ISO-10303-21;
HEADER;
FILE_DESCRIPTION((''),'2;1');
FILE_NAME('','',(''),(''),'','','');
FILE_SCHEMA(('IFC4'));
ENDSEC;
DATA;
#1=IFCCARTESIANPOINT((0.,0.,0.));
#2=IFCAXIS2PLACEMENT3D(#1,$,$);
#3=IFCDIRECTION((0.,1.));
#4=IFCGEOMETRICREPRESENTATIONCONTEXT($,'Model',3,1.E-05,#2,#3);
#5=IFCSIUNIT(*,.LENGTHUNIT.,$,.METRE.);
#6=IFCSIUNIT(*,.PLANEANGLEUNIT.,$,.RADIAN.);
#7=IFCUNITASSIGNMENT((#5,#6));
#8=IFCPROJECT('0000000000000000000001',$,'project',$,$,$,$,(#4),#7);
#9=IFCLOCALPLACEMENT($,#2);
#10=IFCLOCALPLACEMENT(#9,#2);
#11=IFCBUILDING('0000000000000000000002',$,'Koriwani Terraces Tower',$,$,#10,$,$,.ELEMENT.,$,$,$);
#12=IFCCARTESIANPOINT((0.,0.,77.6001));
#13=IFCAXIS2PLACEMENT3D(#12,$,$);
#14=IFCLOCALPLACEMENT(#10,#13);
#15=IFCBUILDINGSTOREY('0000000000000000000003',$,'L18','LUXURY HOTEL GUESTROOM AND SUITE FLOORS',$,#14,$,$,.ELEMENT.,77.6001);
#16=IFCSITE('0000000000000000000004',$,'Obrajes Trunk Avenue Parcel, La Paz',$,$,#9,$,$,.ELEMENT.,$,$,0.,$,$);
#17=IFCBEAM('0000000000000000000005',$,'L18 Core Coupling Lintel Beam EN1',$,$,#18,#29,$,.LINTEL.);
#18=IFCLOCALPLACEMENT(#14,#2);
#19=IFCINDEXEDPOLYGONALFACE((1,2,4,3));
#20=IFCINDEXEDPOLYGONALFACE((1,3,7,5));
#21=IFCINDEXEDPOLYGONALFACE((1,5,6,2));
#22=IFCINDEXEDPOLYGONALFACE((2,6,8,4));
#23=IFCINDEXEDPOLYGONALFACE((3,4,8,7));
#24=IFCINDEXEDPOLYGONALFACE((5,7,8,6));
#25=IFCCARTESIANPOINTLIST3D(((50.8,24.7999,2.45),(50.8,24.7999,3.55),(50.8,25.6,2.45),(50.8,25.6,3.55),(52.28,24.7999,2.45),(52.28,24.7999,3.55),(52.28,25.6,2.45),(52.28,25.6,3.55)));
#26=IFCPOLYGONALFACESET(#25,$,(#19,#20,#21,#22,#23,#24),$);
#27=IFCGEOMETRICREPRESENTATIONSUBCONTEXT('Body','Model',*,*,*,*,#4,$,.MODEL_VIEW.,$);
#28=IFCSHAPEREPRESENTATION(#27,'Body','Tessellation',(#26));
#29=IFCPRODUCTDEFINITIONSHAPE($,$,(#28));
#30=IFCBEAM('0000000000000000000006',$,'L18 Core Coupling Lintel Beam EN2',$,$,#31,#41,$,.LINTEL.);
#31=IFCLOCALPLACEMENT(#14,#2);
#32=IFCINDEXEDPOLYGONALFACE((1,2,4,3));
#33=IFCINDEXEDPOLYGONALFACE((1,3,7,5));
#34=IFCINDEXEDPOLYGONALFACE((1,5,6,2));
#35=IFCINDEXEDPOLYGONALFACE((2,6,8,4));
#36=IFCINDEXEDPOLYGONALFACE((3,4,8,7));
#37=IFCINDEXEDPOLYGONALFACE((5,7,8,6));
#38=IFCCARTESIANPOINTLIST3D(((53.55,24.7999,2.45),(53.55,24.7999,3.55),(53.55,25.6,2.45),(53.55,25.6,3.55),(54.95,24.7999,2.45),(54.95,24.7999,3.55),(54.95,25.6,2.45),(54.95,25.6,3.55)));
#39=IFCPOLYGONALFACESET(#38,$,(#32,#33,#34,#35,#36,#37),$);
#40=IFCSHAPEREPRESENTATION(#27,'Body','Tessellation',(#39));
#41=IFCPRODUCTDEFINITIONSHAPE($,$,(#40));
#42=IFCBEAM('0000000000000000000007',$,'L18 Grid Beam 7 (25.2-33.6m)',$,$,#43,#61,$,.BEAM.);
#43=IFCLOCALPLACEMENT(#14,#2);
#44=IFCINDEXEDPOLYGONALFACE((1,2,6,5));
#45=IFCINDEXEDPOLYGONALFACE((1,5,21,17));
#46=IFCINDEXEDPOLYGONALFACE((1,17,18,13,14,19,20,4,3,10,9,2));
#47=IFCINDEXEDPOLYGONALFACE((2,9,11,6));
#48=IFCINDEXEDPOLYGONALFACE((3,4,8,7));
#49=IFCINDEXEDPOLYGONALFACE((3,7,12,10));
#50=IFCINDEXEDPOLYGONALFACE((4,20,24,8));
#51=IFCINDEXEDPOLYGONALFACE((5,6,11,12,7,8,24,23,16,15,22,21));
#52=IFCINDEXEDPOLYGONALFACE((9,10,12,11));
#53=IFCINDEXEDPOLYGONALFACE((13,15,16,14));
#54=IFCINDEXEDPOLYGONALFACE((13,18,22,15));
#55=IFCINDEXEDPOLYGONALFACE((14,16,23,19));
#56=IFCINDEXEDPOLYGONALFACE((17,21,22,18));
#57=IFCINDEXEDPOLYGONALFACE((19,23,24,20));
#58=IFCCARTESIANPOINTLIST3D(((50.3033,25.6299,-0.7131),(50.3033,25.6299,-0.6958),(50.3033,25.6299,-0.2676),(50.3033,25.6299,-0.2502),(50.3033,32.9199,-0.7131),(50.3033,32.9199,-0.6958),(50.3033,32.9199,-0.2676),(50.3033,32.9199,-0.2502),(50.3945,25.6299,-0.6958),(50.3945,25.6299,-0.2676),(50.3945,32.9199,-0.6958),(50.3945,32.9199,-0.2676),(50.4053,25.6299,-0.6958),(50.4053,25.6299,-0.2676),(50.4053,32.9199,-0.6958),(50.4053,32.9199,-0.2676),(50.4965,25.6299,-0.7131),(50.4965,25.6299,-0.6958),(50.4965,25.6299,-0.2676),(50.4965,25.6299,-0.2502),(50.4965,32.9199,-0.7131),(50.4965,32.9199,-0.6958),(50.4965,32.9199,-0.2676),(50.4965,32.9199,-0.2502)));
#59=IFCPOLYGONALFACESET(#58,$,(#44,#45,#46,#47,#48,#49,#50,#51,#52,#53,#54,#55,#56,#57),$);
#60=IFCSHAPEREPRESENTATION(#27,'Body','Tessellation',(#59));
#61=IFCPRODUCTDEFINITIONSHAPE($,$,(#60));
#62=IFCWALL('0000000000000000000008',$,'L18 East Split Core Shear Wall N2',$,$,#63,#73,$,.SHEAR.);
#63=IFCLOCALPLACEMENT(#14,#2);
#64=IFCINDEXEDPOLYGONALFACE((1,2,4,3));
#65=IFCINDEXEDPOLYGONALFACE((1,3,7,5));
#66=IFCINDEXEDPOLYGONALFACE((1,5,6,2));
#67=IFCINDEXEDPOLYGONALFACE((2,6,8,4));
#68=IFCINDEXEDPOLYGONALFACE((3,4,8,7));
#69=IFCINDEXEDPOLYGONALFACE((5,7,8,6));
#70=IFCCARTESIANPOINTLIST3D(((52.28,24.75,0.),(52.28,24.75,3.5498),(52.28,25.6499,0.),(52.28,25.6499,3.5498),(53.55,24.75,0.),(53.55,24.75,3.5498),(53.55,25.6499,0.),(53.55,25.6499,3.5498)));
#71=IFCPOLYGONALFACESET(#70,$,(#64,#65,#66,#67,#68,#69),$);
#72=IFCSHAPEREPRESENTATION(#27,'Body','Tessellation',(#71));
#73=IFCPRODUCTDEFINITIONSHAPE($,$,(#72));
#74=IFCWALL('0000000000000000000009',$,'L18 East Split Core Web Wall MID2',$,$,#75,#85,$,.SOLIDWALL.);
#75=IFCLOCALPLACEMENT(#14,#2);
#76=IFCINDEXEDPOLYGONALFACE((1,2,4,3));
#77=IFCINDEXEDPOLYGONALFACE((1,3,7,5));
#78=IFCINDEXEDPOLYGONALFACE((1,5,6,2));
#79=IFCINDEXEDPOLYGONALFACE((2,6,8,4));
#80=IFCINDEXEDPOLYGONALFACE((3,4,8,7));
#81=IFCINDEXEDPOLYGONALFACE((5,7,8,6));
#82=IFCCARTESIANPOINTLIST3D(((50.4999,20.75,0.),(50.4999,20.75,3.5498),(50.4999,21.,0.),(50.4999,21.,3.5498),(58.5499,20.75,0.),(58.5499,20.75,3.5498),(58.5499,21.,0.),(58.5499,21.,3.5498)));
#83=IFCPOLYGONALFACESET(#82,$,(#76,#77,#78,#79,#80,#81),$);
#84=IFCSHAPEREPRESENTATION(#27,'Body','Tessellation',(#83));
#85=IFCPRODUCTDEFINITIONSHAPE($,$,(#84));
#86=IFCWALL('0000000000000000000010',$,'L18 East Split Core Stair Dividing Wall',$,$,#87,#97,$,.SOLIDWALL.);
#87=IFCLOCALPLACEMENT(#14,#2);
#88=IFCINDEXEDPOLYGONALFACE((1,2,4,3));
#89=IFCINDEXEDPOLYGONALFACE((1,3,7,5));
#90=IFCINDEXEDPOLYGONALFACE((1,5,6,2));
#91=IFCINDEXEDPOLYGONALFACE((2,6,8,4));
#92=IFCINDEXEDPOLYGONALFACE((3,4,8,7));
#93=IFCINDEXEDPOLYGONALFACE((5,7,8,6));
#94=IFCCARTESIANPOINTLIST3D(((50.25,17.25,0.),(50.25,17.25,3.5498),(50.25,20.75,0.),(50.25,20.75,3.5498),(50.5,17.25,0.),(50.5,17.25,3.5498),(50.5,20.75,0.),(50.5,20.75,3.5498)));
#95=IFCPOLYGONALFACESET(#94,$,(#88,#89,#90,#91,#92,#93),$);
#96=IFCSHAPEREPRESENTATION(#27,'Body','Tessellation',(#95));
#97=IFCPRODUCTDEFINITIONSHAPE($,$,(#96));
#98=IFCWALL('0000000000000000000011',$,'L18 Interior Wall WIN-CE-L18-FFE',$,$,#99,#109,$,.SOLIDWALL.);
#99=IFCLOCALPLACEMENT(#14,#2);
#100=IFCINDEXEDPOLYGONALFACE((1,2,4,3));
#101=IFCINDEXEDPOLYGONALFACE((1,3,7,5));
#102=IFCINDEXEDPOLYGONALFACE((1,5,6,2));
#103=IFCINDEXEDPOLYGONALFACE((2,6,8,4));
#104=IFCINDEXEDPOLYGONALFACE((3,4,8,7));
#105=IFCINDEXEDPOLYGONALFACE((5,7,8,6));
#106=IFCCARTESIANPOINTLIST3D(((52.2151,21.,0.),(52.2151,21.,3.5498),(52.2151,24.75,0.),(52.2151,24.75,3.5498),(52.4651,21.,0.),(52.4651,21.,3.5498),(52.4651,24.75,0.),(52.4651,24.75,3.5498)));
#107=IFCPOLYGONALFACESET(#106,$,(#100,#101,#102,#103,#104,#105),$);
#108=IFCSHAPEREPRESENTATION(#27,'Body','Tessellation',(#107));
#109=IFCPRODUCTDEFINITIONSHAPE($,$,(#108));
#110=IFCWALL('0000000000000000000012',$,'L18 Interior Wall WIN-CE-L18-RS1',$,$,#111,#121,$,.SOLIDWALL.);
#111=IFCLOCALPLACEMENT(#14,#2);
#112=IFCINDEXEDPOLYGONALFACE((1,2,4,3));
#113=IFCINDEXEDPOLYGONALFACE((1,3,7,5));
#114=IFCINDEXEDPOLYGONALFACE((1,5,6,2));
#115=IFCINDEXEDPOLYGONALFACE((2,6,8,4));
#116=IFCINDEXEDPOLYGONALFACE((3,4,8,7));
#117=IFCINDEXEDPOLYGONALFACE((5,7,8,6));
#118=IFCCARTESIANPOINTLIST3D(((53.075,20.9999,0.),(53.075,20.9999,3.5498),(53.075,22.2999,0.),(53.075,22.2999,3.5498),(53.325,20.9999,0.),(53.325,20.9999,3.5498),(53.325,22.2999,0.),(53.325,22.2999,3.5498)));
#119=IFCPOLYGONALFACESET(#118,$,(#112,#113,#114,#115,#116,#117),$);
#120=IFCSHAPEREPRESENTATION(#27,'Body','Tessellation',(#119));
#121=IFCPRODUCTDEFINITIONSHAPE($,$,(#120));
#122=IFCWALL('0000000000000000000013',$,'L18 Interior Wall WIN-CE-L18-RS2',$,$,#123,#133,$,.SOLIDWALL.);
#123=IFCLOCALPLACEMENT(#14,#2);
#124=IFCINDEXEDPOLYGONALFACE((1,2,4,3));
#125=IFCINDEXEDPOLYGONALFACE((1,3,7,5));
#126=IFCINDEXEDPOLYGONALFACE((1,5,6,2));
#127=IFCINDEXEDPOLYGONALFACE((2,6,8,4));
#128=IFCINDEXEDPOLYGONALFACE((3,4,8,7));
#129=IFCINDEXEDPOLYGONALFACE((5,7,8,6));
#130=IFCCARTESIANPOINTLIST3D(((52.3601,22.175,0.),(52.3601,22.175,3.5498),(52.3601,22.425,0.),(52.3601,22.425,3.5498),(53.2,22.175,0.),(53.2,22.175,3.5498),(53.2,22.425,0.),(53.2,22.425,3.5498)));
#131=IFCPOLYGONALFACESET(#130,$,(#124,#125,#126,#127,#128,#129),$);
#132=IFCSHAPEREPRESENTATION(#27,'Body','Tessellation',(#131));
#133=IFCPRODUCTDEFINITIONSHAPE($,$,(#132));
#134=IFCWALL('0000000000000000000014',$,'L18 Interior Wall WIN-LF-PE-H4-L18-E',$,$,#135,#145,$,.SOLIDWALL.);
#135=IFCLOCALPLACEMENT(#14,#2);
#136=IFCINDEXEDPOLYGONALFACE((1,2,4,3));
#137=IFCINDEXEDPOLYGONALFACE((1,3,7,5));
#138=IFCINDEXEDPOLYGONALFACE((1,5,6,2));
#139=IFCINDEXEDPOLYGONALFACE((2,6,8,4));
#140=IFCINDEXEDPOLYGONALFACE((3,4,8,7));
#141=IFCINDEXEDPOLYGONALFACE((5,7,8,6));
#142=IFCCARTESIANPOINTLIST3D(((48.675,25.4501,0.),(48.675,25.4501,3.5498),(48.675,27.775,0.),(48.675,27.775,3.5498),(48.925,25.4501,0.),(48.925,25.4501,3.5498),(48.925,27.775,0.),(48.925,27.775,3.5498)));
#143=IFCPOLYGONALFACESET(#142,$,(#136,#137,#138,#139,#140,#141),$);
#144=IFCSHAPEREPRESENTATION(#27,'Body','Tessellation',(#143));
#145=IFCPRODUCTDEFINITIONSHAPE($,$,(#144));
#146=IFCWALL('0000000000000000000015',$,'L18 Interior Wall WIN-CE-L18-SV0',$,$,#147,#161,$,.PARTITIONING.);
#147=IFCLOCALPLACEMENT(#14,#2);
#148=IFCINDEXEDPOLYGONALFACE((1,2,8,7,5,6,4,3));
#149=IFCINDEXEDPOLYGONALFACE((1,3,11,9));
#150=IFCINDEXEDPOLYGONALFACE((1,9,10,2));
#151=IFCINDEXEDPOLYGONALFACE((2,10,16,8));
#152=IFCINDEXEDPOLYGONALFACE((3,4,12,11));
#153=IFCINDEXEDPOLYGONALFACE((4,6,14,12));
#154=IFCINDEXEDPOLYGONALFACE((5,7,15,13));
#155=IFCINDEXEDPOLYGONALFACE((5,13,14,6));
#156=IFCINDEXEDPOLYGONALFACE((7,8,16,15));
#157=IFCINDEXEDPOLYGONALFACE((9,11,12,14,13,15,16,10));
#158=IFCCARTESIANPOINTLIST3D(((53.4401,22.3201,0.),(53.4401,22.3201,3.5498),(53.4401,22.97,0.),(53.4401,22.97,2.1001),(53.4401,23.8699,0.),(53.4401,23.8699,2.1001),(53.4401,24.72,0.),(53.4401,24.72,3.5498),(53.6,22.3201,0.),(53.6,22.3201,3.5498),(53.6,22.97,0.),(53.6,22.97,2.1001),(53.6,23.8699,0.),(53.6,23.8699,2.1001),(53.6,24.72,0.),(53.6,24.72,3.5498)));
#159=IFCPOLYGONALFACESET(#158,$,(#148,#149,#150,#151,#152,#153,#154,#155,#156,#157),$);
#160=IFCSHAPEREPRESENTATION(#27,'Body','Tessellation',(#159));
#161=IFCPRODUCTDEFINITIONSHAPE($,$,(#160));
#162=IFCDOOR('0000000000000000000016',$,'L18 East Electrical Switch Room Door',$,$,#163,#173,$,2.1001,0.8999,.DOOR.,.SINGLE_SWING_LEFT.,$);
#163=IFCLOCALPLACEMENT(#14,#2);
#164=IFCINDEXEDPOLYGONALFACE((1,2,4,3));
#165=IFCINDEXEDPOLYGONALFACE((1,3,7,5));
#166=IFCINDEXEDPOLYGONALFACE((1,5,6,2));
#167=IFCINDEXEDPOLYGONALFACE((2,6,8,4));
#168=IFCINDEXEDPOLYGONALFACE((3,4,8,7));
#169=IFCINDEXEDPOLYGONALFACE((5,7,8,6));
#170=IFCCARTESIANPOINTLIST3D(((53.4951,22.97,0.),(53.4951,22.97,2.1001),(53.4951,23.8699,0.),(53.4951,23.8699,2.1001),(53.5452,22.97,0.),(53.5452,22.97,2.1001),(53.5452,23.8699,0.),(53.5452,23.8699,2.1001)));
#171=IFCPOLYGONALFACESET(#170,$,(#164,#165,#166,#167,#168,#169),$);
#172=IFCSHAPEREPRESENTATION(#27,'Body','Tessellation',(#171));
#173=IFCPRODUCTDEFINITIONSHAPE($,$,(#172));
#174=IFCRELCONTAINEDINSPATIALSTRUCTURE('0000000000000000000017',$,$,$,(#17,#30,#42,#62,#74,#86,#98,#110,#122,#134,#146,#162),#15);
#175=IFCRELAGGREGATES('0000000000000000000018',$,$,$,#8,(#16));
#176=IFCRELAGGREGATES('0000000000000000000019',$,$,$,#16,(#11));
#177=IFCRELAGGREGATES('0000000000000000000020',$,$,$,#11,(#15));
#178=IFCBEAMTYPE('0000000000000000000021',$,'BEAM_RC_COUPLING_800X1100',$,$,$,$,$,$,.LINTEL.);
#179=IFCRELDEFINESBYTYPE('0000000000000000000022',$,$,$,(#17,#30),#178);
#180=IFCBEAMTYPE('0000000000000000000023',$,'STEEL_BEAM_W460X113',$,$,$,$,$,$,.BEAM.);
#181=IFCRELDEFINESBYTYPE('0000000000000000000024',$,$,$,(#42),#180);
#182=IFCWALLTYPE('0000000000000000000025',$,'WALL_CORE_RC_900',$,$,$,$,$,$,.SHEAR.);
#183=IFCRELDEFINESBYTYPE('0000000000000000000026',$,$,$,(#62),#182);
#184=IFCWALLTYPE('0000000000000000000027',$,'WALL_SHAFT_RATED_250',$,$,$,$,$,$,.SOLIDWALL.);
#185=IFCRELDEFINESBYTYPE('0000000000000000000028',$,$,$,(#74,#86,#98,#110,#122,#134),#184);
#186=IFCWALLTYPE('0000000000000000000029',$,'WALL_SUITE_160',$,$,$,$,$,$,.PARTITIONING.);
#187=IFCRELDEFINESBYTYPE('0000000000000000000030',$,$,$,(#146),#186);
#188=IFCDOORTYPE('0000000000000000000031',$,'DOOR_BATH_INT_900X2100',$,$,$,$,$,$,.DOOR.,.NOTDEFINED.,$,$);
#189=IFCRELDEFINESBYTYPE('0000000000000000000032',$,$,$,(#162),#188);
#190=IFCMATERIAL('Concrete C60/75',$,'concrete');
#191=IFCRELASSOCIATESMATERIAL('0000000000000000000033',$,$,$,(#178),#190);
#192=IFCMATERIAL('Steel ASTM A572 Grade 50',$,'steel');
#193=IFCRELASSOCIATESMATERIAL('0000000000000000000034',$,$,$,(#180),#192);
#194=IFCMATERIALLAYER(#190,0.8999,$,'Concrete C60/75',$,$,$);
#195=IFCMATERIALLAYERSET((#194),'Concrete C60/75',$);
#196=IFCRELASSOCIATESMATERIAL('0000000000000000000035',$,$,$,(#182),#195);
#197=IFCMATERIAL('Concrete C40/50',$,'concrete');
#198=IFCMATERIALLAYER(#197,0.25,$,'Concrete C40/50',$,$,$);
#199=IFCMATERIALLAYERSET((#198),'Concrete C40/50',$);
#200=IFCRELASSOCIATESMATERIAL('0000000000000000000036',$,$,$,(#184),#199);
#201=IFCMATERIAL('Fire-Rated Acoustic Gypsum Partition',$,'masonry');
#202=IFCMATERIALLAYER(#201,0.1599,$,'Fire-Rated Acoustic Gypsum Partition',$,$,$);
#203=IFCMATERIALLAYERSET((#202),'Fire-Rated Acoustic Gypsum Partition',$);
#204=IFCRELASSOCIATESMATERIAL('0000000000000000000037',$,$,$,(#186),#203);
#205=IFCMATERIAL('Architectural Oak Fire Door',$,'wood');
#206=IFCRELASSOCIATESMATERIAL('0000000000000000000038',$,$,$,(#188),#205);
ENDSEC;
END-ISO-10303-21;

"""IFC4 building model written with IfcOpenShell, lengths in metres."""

from ifc_helpers import new_model, si_unit, direction, frame, frame_2d, origin, origin_2d, place, context, subcontext, project, spatial, rectangle, i_section, extrude, material, layer, layer_set, material_profile, profile_set, type_object, element, fill, save


model = new_model("IFC4")

# Units and contexts
model_context = context("Model", 3, precision=1e-05, world=origin(), true_north=direction((0.0, 1.0)))
body_context = subcontext(model_context, "Body", "Model", "MODEL_VIEW")
ifc_project = project(units=[si_unit("LENGTHUNIT", "METRE"), si_unit("PLANEANGLEUNIT", "RADIAN")], contexts=[model_context])

# Site, building, storey
site_placement = place(None, origin())
site = spatial("IfcSite", under=ifc_project, at=site_placement, Name="Obrajes Trunk Avenue Parcel, La Paz", CompositionType="ELEMENT", RefElevation=0.0)
building_placement = place(site_placement, origin())
building = spatial("IfcBuilding", under=site, at=building_placement, Name="Koriwani Terraces Tower", CompositionType="ELEMENT")
storey_placement = place(building_placement, frame((0.0, 0.0, 77.6001)))
storey = spatial("IfcBuildingStorey", under=building, at=storey_placement, Name="L18", Description="LUXURY HOTEL GUESTROOM AND SUITE FLOORS", CompositionType="ELEMENT", Elevation=77.6001)

# Beams
ifc_material_1 = material(Name="Concrete C60/75", Category="concrete")
ifc_material_profile_1 = material_profile(ifc_material_1, rectangle(XDim=0.8, YDim=1.1001, at=origin_2d()), Name="Concrete C60/75", Category="LoadBearing")
ifc_profile_set_1 = profile_set([ifc_material_profile_1], Name="Concrete C60/75")
beam_type_1 = type_object("IfcBeamType", Name="BEAM_RC_COUPLING_800X1100", PredefinedType="LINTEL", material=ifc_profile_set_1)
beam_1_placement = place(storey_placement, frame((50.8, 25.2, 3.0), z_axis=(1.0, 0.0, 0.0), x_axis=(0.0, 1.0, 0.0)))
element("IfcBeam", 1, at=beam_1_placement, inside=storey, type_object=beam_type_1, Name="L18 Core Coupling Lintel Beam EN1", PredefinedType="LINTEL", context=body_context, shape_type="SweptSolid", body=[
    extrude(rectangle(XDim=0.8, YDim=1.1001, at=origin_2d()), origin(), (0.0, 0.0, 1.0), 1.48),
])
beam_2_placement = place(storey_placement, frame((53.55, 25.2, 3.0), z_axis=(1.0, 0.0, 0.0), x_axis=(0.0, 1.0, 0.0)))
element("IfcBeam", 2, at=beam_2_placement, inside=storey, type_object=beam_type_1, Name="L18 Core Coupling Lintel Beam EN2", PredefinedType="LINTEL", context=body_context, shape_type="SweptSolid", body=[
    extrude(rectangle(XDim=0.8, YDim=1.1001, at=origin_2d()), origin(), (0.0, 0.0, 1.0), 1.3999),
])
ifc_material_2 = material(Name="Steel ASTM A572 Grade 50", Category="steel")
ifc_material_profile_2 = material_profile(ifc_material_2, i_section(OverallWidth=0.1931, OverallDepth=0.4629, WebThickness=0.0107, FlangeThickness=0.0173, at=origin_2d()), Name="Steel ASTM A572 Grade 50", Category="LoadBearing")
ifc_profile_set_2 = profile_set([ifc_material_profile_2], Name="Steel ASTM A572 Grade 50")
beam_type_2 = type_object("IfcBeamType", Name="STEEL_BEAM_W460X113", PredefinedType="BEAM", material=ifc_profile_set_2)
beam_3_placement = place(storey_placement, frame((50.3999, 25.6299, -0.4817), z_axis=(0.0, 1.0, 0.0), x_axis=(-1.0, 0.0, 0.0)))
element("IfcBeam", 3, at=beam_3_placement, inside=storey, type_object=beam_type_2, Name="L18 Grid Beam 7 (25.2-33.6m)", PredefinedType="BEAM", context=body_context, shape_type="SweptSolid", body=[
    extrude(i_section(OverallWidth=0.1931, OverallDepth=0.4629, WebThickness=0.0107, FlangeThickness=0.0173, at=origin_2d()), origin(), (0.0, 0.0, 1.0), 7.29),
])

# Walls
ifc_layer_1 = layer(ifc_material_1, 0.8999, Name="Concrete C60/75")
ifc_layer_set_1 = layer_set([ifc_layer_1], Name="Concrete C60/75")
wall_type_1 = type_object("IfcWallType", Name="WALL_CORE_RC_900", PredefinedType="SHEAR", material=ifc_layer_set_1)
wall_1_placement = place(storey_placement, frame((52.28, 25.2, 0.0), z_axis=(0.0, 0.0, 1.0), x_axis=(1.0, 0.0, 0.0)))
element("IfcWall", 4, at=wall_1_placement, inside=storey, type_object=wall_type_1, Name="L18 East Split Core Shear Wall N2", PredefinedType="SHEAR", context=body_context, shape_type="SweptSolid", body=[
    extrude(rectangle(XDim=1.27, YDim=0.8999, at=frame_2d((0.635, 0.0))), origin(), (0.0, 0.0, 1.0), 3.5498),
])
ifc_material_3 = material(Name="Concrete C40/50", Category="concrete")
ifc_layer_2 = layer(ifc_material_3, 0.25, Name="Concrete C40/50")
ifc_layer_set_2 = layer_set([ifc_layer_2], Name="Concrete C40/50")
wall_type_2 = type_object("IfcWallType", Name="WALL_SHAFT_RATED_250", PredefinedType="SOLIDWALL", material=ifc_layer_set_2)
wall_2_placement = place(storey_placement, frame((50.5, 20.875, 0.0), z_axis=(0.0, 0.0, 1.0), x_axis=(1.0, 0.0, 0.0)))
element("IfcWall", 5, at=wall_2_placement, inside=storey, type_object=wall_type_2, Name="L18 East Split Core Web Wall MID2", PredefinedType="SOLIDWALL", context=body_context, shape_type="SweptSolid", body=[
    extrude(rectangle(XDim=8.05, YDim=0.25, at=frame_2d((4.0249, 0.0))), origin(), (0.0, 0.0, 1.0), 3.5498),
])
wall_3_placement = place(storey_placement, frame((50.375, 17.25, 0.0), z_axis=(0.0, 0.0, 1.0), x_axis=(0.0, 1.0, 0.0)))
element("IfcWall", 6, at=wall_3_placement, inside=storey, type_object=wall_type_2, Name="L18 East Split Core Stair Dividing Wall", PredefinedType="SOLIDWALL", context=body_context, shape_type="SweptSolid", body=[
    extrude(rectangle(XDim=3.5, YDim=0.25, at=frame_2d((1.75, 0.0))), origin(), (0.0, 0.0, 1.0), 3.5498),
])

# Wall
wall_4_placement = place(storey_placement, frame((52.3401, 21.0, 0.0), z_axis=(0.0, 0.0, 1.0), x_axis=(0.0, 1.0, 0.0)))
element("IfcWall", 7, at=wall_4_placement, inside=storey, type_object=wall_type_2, Name="L18 Interior Wall WIN-CE-L18-FFE", PredefinedType="SOLIDWALL", context=body_context, shape_type="SweptSolid", body=[
    extrude(rectangle(XDim=3.75, YDim=0.25, at=frame_2d((1.875, 0.0))), origin(), (0.0, 0.0, 1.0), 3.5498),
])

# Walls
wall_5_placement = place(storey_placement, frame((53.2, 21.0, 0.0), z_axis=(0.0, 0.0, 1.0), x_axis=(0.0, 1.0, 0.0)))
element("IfcWall", 8, at=wall_5_placement, inside=storey, type_object=wall_type_2, Name="L18 Interior Wall WIN-CE-L18-RS1", PredefinedType="SOLIDWALL", context=body_context, shape_type="SweptSolid", body=[
    extrude(rectangle(XDim=1.3, YDim=0.25, at=frame_2d((0.6499, 0.0))), origin(), (0.0, 0.0, 1.0), 3.5498),
])
wall_6_placement = place(storey_placement, frame((52.3601, 22.3, 0.0), z_axis=(0.0, 0.0, 1.0), x_axis=(1.0, 0.0, 0.0)))
element("IfcWall", 9, at=wall_6_placement, inside=storey, type_object=wall_type_2, Name="L18 Interior Wall WIN-CE-L18-RS2", PredefinedType="SOLIDWALL", context=body_context, shape_type="SweptSolid", body=[
    extrude(rectangle(XDim=0.8398, YDim=0.25, at=frame_2d((0.4199, 0.0))), origin(), (0.0, 0.0, 1.0), 3.5498),
])
wall_7_placement = place(storey_placement, frame((48.8, 25.45, 0.0), z_axis=(0.0, 0.0, 1.0), x_axis=(0.0, 1.0, 0.0)))
element("IfcWall", 10, at=wall_7_placement, inside=storey, type_object=wall_type_2, Name="L18 Interior Wall WIN-LF-PE-H4-L18-E", PredefinedType="SOLIDWALL", context=body_context, shape_type="SweptSolid", body=[
    extrude(rectangle(XDim=2.325, YDim=0.25, at=frame_2d((1.1626, 0.0))), origin(), (0.0, 0.0, 1.0), 3.5498),
])

# Wall, opening, door
ifc_material_4 = material(Name="Fire-Rated Acoustic Gypsum Partition", Category="masonry")
ifc_layer_3 = layer(ifc_material_4, 0.1599, Name="Fire-Rated Acoustic Gypsum Partition")
ifc_layer_set_3 = layer_set([ifc_layer_3], Name="Fire-Rated Acoustic Gypsum Partition")
wall_type_3 = type_object("IfcWallType", Name="WALL_SUITE_160", PredefinedType="PARTITIONING", material=ifc_layer_set_3)
wall_8_placement = place(storey_placement, frame((53.52, 22.3201, 0.0), z_axis=(0.0, 0.0, 1.0), x_axis=(0.0, 1.0, 0.0)))
wall_8 = element("IfcWall", 11, at=wall_8_placement, inside=storey, type_object=wall_type_3, Name="L18 Interior Wall WIN-CE-L18-SV0", PredefinedType="PARTITIONING", context=body_context, shape_type="SweptSolid", body=[
    extrude(rectangle(XDim=2.3999, YDim=0.1599, at=frame_2d((1.2, 0.0))), origin(), (0.0, 0.0, 1.0), 3.5498),
])
opening_1_placement = place(wall_8_placement, frame((0.6499, 0.0, 0.0)))
opening_1 = element("IfcOpeningElement", 12, at=opening_1_placement, cuts=wall_8, PredefinedType="OPENING", context=body_context, shape_type="SweptSolid", body=[
    extrude(rectangle(XDim=0.8999, YDim=2.1001, at=frame_2d((0.45, 1.05))), frame((0.0, 0.0898, 0.0), z_axis=(0.0, -1.0, 0.0), x_axis=(1.0, 0.0, 0.0)), (0.0, 0.0, 1.0), 0.1799),
])
ifc_material_5 = material(Name="Architectural Oak Fire Door", Category="wood")
door_type_1 = type_object("IfcDoorType", Name="DOOR_BATH_INT_900X2100", OperationType="NOTDEFINED", PredefinedType="DOOR", material=ifc_material_5)
door_1_placement = place(opening_1_placement, origin())
door_1 = element("IfcDoor", 13, at=door_1_placement, inside=storey, type_object=door_type_1, Name="L18 East Electrical Switch Room Door", OperationType="SINGLE_SWING_LEFT", OverallHeight=2.1001, OverallWidth=0.8999, PredefinedType="DOOR", context=body_context, shape_type="SweptSolid", body=[
    extrude(rectangle(XDim=0.8999, YDim=2.1001, at=frame_2d((0.45, 1.05))), frame((0.0, 0.0249, 0.0), z_axis=(0.0, -1.0, 0.0), x_axis=(1.0, 0.0, 0.0)), (0.0, 0.0, 1.0), 0.05),
])
fill(opening_1, door_1)

save(model, "model.ifc")
